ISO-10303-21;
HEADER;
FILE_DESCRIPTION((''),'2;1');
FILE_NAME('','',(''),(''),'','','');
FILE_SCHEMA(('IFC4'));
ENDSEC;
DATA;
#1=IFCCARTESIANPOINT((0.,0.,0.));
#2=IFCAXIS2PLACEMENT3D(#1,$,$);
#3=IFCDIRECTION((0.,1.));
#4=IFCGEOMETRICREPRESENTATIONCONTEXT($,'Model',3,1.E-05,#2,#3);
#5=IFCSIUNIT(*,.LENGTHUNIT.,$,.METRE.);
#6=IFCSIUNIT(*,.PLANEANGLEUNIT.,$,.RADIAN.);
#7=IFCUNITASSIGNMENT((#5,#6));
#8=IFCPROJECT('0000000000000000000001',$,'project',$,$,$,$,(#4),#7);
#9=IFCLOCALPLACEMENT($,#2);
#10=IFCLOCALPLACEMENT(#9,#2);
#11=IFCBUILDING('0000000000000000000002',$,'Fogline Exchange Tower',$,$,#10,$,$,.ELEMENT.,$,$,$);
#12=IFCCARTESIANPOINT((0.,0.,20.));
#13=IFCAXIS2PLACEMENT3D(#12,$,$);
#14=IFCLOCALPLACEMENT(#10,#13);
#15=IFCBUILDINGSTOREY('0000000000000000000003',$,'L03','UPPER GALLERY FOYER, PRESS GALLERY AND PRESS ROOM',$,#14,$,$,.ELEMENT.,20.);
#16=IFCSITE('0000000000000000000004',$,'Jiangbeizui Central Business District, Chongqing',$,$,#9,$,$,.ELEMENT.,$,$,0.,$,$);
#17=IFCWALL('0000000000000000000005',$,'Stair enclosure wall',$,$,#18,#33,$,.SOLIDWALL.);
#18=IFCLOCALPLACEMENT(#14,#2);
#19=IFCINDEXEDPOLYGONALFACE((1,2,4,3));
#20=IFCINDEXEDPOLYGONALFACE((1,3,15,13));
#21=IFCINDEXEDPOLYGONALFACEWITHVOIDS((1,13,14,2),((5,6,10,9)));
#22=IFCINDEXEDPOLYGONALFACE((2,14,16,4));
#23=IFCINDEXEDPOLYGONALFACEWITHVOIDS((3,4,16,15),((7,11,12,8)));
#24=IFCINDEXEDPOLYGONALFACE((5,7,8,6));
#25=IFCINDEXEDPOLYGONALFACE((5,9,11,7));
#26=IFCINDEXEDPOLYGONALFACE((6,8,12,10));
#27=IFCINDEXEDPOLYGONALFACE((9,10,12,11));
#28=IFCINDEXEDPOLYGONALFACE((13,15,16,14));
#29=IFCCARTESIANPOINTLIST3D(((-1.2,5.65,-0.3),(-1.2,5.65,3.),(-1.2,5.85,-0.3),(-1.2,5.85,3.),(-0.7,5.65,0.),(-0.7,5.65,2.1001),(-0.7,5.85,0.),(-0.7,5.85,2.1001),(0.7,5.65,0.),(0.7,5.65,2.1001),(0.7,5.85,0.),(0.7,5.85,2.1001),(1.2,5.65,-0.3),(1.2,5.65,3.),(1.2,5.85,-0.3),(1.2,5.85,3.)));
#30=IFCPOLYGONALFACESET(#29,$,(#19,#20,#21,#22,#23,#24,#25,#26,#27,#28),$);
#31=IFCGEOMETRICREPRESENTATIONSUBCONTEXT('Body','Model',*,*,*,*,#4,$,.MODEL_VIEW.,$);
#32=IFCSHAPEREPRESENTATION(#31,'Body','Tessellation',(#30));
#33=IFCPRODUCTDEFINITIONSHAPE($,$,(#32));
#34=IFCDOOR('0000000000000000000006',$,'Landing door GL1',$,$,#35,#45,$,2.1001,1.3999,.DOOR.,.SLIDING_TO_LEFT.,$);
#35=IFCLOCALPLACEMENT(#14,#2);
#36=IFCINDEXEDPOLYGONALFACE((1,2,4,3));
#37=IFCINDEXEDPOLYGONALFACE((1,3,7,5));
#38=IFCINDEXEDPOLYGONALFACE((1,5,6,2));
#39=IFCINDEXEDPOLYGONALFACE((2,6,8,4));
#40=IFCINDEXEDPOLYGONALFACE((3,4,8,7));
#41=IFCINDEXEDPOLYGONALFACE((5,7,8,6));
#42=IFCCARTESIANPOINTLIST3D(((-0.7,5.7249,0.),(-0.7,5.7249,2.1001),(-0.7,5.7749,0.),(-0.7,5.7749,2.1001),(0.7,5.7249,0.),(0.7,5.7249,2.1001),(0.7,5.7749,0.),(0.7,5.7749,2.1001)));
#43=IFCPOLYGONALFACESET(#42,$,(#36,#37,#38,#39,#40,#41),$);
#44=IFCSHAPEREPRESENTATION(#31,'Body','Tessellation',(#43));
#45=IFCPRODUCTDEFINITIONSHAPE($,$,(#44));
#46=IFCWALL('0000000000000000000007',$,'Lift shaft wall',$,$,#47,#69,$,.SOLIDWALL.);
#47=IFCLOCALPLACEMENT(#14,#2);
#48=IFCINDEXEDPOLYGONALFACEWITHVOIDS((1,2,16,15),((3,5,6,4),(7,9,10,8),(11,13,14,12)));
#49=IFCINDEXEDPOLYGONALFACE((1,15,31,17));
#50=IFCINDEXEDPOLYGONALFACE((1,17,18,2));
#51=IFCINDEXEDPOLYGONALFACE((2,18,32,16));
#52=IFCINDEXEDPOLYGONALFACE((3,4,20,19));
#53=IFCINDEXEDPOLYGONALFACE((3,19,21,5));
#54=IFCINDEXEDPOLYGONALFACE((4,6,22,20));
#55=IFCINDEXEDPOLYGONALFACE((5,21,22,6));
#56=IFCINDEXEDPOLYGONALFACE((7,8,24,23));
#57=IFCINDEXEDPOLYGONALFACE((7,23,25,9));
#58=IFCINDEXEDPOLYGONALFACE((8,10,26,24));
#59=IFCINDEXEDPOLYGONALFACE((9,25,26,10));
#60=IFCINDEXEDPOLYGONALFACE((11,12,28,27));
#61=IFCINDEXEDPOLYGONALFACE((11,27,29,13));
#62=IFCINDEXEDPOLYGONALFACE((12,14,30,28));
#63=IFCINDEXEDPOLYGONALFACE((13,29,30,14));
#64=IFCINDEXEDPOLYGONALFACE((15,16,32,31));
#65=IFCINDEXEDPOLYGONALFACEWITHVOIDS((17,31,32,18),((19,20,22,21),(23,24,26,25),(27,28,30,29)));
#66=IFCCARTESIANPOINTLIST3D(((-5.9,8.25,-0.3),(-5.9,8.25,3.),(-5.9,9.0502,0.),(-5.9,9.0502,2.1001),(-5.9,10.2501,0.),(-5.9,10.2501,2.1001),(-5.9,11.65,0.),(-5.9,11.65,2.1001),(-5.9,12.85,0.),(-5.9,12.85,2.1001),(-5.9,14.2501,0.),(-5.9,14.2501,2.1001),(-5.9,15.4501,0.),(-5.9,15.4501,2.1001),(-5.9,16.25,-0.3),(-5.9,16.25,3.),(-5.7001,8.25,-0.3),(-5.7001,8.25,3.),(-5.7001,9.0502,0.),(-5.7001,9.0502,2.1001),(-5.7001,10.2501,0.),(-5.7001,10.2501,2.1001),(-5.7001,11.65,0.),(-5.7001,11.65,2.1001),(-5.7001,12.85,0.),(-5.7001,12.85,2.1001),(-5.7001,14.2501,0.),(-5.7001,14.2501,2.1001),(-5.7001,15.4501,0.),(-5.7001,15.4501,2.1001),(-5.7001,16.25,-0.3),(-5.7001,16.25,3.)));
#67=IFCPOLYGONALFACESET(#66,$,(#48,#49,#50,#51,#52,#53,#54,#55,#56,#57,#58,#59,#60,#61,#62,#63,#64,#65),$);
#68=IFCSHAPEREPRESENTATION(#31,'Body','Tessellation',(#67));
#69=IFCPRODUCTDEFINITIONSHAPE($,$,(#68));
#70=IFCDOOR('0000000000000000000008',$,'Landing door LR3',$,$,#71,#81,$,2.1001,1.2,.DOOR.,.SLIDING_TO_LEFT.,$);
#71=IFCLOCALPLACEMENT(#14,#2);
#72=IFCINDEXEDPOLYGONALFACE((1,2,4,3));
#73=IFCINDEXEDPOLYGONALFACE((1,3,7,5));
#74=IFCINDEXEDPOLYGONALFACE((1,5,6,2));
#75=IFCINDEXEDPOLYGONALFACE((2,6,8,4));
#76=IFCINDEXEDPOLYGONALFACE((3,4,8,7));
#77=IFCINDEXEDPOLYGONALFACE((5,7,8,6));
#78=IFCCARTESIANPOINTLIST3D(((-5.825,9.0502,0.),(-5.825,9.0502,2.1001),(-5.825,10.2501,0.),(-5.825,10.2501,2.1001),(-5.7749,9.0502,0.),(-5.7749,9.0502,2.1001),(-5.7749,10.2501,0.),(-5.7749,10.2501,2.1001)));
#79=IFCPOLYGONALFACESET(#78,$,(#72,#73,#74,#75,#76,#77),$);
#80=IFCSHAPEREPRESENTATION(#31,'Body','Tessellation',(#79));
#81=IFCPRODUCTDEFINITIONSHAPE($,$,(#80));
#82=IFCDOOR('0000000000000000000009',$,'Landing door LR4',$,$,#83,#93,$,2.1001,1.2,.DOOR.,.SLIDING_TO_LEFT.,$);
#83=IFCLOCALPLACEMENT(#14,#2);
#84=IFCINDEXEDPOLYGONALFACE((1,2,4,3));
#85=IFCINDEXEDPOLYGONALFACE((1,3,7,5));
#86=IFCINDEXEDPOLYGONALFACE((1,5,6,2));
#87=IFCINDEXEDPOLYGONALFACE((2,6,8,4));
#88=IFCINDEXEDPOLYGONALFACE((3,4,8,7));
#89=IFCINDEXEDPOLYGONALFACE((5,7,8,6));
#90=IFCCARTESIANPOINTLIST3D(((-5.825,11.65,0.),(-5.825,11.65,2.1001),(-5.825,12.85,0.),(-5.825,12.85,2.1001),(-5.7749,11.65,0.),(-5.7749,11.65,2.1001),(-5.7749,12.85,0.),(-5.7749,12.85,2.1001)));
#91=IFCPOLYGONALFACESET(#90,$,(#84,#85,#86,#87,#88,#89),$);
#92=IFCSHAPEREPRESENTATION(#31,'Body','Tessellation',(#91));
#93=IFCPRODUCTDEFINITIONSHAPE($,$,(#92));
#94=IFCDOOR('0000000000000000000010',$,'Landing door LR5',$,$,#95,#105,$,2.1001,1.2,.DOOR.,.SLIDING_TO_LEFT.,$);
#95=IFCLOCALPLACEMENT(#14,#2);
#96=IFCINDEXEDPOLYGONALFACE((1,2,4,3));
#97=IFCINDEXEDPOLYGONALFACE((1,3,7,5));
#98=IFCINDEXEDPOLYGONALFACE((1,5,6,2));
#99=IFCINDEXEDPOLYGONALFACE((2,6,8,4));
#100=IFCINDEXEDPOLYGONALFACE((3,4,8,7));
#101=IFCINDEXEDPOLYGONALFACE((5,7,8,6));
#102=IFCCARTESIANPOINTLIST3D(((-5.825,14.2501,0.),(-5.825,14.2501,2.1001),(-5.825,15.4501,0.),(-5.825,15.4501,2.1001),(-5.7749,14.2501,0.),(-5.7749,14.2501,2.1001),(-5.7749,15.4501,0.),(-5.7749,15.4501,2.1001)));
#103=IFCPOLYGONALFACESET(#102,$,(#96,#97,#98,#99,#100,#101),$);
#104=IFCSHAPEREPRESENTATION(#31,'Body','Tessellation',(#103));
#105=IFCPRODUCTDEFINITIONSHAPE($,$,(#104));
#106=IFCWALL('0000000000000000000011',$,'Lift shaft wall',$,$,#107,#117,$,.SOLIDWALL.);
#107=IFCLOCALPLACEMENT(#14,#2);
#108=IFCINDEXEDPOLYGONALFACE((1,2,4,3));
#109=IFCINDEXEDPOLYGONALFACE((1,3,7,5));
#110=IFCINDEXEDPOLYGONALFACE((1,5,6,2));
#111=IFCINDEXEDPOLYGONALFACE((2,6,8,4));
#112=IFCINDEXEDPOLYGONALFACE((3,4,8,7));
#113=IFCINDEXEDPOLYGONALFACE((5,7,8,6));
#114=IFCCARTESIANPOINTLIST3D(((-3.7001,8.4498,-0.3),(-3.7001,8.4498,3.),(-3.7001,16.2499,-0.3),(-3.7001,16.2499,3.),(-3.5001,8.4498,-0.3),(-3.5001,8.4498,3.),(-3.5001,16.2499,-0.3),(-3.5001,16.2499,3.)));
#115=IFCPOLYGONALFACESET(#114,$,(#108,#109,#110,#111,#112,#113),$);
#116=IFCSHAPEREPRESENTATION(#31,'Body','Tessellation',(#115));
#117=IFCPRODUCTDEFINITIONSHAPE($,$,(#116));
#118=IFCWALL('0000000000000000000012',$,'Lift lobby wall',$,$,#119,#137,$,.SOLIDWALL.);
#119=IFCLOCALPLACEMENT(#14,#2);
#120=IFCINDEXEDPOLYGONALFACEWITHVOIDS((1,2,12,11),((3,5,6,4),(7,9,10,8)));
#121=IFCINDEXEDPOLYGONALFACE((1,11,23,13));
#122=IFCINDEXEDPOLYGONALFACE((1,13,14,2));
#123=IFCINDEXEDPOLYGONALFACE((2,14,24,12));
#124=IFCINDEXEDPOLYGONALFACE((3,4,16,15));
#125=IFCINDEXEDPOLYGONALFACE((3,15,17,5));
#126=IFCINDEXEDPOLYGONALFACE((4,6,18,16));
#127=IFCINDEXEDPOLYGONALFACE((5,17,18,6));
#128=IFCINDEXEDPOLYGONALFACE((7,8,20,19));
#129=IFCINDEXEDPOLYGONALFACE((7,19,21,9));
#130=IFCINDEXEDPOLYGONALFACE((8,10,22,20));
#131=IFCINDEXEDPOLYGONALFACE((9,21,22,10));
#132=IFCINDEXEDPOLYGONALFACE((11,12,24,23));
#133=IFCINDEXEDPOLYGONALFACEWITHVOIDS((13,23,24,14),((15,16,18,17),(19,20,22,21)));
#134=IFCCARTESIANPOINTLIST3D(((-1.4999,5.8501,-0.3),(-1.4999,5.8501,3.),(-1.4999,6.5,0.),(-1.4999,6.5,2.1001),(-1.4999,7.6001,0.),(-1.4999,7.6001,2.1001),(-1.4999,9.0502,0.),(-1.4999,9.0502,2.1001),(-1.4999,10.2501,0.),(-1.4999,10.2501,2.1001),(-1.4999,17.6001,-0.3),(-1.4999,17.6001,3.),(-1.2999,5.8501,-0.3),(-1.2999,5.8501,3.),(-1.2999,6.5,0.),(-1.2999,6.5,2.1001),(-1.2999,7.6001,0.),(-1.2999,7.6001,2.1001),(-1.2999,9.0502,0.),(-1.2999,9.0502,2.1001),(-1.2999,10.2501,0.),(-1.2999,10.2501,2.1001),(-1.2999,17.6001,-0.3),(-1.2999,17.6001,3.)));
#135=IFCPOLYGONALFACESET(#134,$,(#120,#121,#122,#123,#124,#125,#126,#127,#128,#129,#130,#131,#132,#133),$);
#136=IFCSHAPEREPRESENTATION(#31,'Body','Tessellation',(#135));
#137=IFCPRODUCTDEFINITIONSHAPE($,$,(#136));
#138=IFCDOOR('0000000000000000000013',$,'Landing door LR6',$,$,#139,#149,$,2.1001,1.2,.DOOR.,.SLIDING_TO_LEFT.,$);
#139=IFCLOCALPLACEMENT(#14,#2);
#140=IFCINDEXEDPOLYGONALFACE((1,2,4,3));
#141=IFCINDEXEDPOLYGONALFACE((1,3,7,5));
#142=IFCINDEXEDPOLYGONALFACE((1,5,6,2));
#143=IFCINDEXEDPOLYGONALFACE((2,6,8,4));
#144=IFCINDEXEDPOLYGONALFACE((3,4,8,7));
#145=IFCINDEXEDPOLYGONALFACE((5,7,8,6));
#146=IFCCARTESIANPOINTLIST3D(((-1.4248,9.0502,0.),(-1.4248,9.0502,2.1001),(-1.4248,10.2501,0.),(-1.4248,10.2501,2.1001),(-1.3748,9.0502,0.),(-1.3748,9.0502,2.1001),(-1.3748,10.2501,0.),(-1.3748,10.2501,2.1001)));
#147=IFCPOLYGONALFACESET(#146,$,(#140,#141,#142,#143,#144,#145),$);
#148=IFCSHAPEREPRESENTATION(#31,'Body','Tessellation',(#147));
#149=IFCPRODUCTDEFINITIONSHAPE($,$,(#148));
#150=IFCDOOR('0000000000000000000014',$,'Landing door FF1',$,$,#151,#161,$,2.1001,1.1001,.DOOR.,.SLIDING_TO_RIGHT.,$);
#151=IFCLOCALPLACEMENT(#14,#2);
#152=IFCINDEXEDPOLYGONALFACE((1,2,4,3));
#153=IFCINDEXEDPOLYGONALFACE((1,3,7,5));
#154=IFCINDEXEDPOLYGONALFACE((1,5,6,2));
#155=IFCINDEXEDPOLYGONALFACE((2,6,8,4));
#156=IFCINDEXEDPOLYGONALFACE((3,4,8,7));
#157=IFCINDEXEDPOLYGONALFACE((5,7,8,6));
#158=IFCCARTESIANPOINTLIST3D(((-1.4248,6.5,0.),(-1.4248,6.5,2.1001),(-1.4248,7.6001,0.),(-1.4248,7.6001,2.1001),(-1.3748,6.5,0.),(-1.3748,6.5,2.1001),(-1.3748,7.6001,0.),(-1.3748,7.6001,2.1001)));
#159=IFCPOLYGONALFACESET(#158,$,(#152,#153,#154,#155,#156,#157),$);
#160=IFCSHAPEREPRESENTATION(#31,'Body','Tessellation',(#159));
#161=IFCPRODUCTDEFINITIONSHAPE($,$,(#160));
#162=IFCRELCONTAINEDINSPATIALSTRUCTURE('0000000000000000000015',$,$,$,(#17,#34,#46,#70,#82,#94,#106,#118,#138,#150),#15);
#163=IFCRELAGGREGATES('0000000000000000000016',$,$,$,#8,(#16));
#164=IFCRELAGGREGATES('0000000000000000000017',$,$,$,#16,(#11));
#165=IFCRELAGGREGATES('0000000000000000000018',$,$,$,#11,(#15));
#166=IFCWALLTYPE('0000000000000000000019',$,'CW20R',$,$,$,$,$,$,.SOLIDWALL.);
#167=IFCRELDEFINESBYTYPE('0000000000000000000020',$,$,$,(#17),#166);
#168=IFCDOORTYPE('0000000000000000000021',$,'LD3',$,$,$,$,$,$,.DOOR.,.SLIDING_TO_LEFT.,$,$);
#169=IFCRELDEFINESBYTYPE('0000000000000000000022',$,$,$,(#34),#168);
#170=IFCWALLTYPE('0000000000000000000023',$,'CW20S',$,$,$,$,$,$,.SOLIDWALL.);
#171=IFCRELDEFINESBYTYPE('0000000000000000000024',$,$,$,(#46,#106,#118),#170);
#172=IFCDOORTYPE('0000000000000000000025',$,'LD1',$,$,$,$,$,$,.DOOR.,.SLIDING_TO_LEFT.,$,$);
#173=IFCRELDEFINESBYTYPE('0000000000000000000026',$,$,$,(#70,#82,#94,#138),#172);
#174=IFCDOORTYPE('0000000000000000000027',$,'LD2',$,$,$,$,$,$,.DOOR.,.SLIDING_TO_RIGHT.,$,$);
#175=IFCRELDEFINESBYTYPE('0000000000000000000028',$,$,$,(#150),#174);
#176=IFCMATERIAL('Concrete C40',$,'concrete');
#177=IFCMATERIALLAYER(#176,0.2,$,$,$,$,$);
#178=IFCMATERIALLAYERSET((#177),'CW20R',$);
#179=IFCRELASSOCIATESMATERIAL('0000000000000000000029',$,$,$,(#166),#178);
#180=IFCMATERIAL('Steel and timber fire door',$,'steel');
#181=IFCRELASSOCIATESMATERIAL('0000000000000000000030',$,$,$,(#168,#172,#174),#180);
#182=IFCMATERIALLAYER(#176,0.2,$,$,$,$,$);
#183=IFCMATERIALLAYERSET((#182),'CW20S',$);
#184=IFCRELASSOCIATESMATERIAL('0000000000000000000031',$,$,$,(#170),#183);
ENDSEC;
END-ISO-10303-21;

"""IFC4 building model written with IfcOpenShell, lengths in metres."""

from ifc_helpers import new_model, si_unit, direction, frame, frame_2d, origin, place, context, subcontext, project, spatial, rectangle, extrude, material, layer, layer_set, type_object, element, fill, save


model = new_model("IFC4")

# Units and contexts
model_context = context("Model", 3, precision=1e-05, world=origin(), true_north=direction((0.0, 1.0)))
body_context = subcontext(model_context, "Body", "Model", "MODEL_VIEW")
ifc_project = project(units=[si_unit("LENGTHUNIT", "METRE"), si_unit("PLANEANGLEUNIT", "RADIAN")], contexts=[model_context])

# Site, building, storey
site_placement = place(None, origin())
site = spatial("IfcSite", under=ifc_project, at=site_placement, Name="Jiangbeizui Central Business District, Chongqing", CompositionType="ELEMENT", RefElevation=0.0)
building_placement = place(site_placement, origin())
building = spatial("IfcBuilding", under=site, at=building_placement, Name="Fogline Exchange Tower", CompositionType="ELEMENT")
storey_placement = place(building_placement, frame((0.0, 0.0, 20.0)))
storey = spatial("IfcBuildingStorey", under=building, at=storey_placement, Name="L03", Description="UPPER GALLERY FOYER, PRESS GALLERY AND PRESS ROOM", CompositionType="ELEMENT", Elevation=20.0)

# Shared definitions
ifc_material_1 = material(Name="Concrete C40", Category="concrete")

# Shared definitions
ifc_material_2 = material(Name="Steel and timber fire door", Category="steel")

# Wall, opening, door
ifc_layer_1 = layer(ifc_material_1, 0.2)
ifc_layer_set_1 = layer_set([ifc_layer_1], Name="CW20R")
wall_type_1 = type_object("IfcWallType", Name="CW20R", PredefinedType="SOLIDWALL", material=ifc_layer_set_1)
wall_1_placement = place(storey_placement, frame((-1.2, 5.75, -0.3), z_axis=(0.0, 0.0, 1.0), x_axis=(1.0, 0.0, 0.0)))
wall_1 = element("IfcWall", 1, at=wall_1_placement, inside=storey, type_object=wall_type_1, Name="Stair enclosure wall", PredefinedType="SOLIDWALL", context=body_context, shape_type="SweptSolid", body=[
    extrude(rectangle(XDim=2.3999, YDim=0.2, at=frame_2d((1.2, 0.0))), origin(), (0.0, 0.0, 1.0), 3.3),
])
opening_1_placement = place(wall_1_placement, frame((0.5, 0.0, 0.3)))
opening_1 = element("IfcOpeningElement", 2, at=opening_1_placement, cuts=wall_1, PredefinedType="OPENING", context=body_context, shape_type="SweptSolid", body=[
    extrude(rectangle(XDim=1.3999, YDim=2.1001, at=frame_2d((0.7, 1.05))), frame((0.0, 0.1099, 0.0), z_axis=(0.0, -1.0, 0.0), x_axis=(1.0, 0.0, 0.0)), (0.0, 0.0, 1.0), 0.22),
])
door_type_1 = type_object("IfcDoorType", Name="LD3", OperationType="SLIDING_TO_LEFT", PredefinedType="DOOR", material=ifc_material_2)
door_1_placement = place(opening_1_placement, origin())
door_1 = element("IfcDoor", 3, at=door_1_placement, inside=storey, type_object=door_type_1, Name="Landing door GL1", OperationType="SLIDING_TO_LEFT", OverallHeight=2.1001, OverallWidth=1.3999, PredefinedType="DOOR", context=body_context, shape_type="SweptSolid", body=[
    extrude(rectangle(XDim=1.3999, YDim=2.1001, at=frame_2d((0.7, 1.05))), frame((0.0, 0.0249, 0.0), z_axis=(0.0, -1.0, 0.0), x_axis=(1.0, 0.0, 0.0)), (0.0, 0.0, 1.0), 0.05),
])
fill(opening_1, door_1)

# Wall, openings, doors
ifc_layer_2 = layer(ifc_material_1, 0.2)
ifc_layer_set_2 = layer_set([ifc_layer_2], Name="CW20S")
wall_type_2 = type_object("IfcWallType", Name="CW20S", PredefinedType="SOLIDWALL", material=ifc_layer_set_2)
wall_2_placement = place(storey_placement, frame((-5.8, 8.25, -0.3), z_axis=(0.0, 0.0, 1.0), x_axis=(0.0, 1.0, 0.0)))
wall_2 = element("IfcWall", 4, at=wall_2_placement, inside=storey, type_object=wall_type_2, Name="Lift shaft wall", PredefinedType="SOLIDWALL", context=body_context, shape_type="SweptSolid", body=[
    extrude(rectangle(XDim=8.0, YDim=0.2, at=frame_2d((4.0, 0.0))), origin(), (0.0, 0.0, 1.0), 3.3),
])
opening_2_placement = place(wall_2_placement, frame((0.8, 0.0, 0.3)))
opening_2 = element("IfcOpeningElement", 5, at=opening_2_placement, cuts=wall_2, PredefinedType="OPENING", context=body_context, shape_type="SweptSolid", body=[
    extrude(rectangle(XDim=1.2, YDim=2.1001, at=frame_2d((0.6001, 1.05))), frame((0.0, 0.1099, 0.0), z_axis=(0.0, -1.0, 0.0), x_axis=(1.0, 0.0, 0.0)), (0.0, 0.0, 1.0), 0.22),
])
opening_3_placement = place(wall_2_placement, frame((3.3999, 0.0, 0.3)))
opening_3 = element("IfcOpeningElement", 6, at=opening_3_placement, cuts=wall_2, PredefinedType="OPENING", context=body_context, shape_type="SweptSolid", body=[
    extrude(rectangle(XDim=1.2, YDim=2.1001, at=frame_2d((0.6001, 1.05))), frame((0.0, 0.1099, 0.0), z_axis=(0.0, -1.0, 0.0), x_axis=(1.0, 0.0, 0.0)), (0.0, 0.0, 1.0), 0.22),
])
opening_4_placement = place(wall_2_placement, frame((6.0, 0.0, 0.3)))
opening_4 = element("IfcOpeningElement", 7, at=opening_4_placement, cuts=wall_2, PredefinedType="OPENING", context=body_context, shape_type="SweptSolid", body=[
    extrude(rectangle(XDim=1.2, YDim=2.1001, at=frame_2d((0.6001, 1.05))), frame((0.0, 0.1099, 0.0), z_axis=(0.0, -1.0, 0.0), x_axis=(1.0, 0.0, 0.0)), (0.0, 0.0, 1.0), 0.22),
])
door_type_2 = type_object("IfcDoorType", Name="LD1", OperationType="SLIDING_TO_LEFT", PredefinedType="DOOR", material=ifc_material_2)
door_2_placement = place(opening_2_placement, origin())
door_2 = element("IfcDoor", 8, at=door_2_placement, inside=storey, type_object=door_type_2, Name="Landing door LR3", OperationType="SLIDING_TO_LEFT", OverallHeight=2.1001, OverallWidth=1.2, PredefinedType="DOOR", context=body_context, shape_type="SweptSolid", body=[
    extrude(rectangle(XDim=1.2, YDim=2.1001, at=frame_2d((0.6001, 1.05))), frame((0.0, 0.0249, 0.0), z_axis=(0.0, -1.0, 0.0), x_axis=(1.0, 0.0, 0.0)), (0.0, 0.0, 1.0), 0.05),
])
fill(opening_2, door_2)
door_3_placement = place(opening_3_placement, origin())
door_3 = element("IfcDoor", 9, at=door_3_placement, inside=storey, type_object=door_type_2, Name="Landing door LR4", OperationType="SLIDING_TO_LEFT", OverallHeight=2.1001, OverallWidth=1.2, PredefinedType="DOOR", context=body_context, shape_type="SweptSolid", body=[
    extrude(rectangle(XDim=1.2, YDim=2.1001, at=frame_2d((0.6001, 1.05))), frame((0.0, 0.0249, 0.0), z_axis=(0.0, -1.0, 0.0), x_axis=(1.0, 0.0, 0.0)), (0.0, 0.0, 1.0), 0.05),
])
fill(opening_3, door_3)
door_4_placement = place(opening_4_placement, origin())
door_4 = element("IfcDoor", 10, at=door_4_placement, inside=storey, type_object=door_type_2, Name="Landing door LR5", OperationType="SLIDING_TO_LEFT", OverallHeight=2.1001, OverallWidth=1.2, PredefinedType="DOOR", context=body_context, shape_type="SweptSolid", body=[
    extrude(rectangle(XDim=1.2, YDim=2.1001, at=frame_2d((0.6001, 1.05))), frame((0.0, 0.0249, 0.0), z_axis=(0.0, -1.0, 0.0), x_axis=(1.0, 0.0, 0.0)), (0.0, 0.0, 1.0), 0.05),
])
fill(opening_4, door_4)

# Wall
wall_3_placement = place(storey_placement, frame((-3.6001, 8.45, -0.3), z_axis=(0.0, 0.0, 1.0), x_axis=(0.0, 1.0, 0.0)))
element("IfcWall", 11, at=wall_3_placement, inside=storey, type_object=wall_type_2, Name="Lift shaft wall", PredefinedType="SOLIDWALL", context=body_context, shape_type="SweptSolid", body=[
    extrude(rectangle(XDim=7.8, YDim=0.2, at=frame_2d((3.8999, 0.0))), origin(), (0.0, 0.0, 1.0), 3.3),
])

# Wall, openings, doors
wall_4_placement = place(storey_placement, frame((-1.3999, 5.8501, -0.3), z_axis=(0.0, 0.0, 1.0), x_axis=(0.0, 1.0, 0.0)))
wall_4 = element("IfcWall", 12, at=wall_4_placement, inside=storey, type_object=wall_type_2, Name="Lift lobby wall", PredefinedType="SOLIDWALL", context=body_context, shape_type="SweptSolid", body=[
    extrude(rectangle(XDim=11.75, YDim=0.2, at=frame_2d((5.875, 0.0))), origin(), (0.0, 0.0, 1.0), 3.3),
])
opening_5_placement = place(wall_4_placement, frame((3.2, 0.0, 0.3)))
opening_5 = element("IfcOpeningElement", 13, at=opening_5_placement, cuts=wall_4, PredefinedType="OPENING", context=body_context, shape_type="SweptSolid", body=[
    extrude(rectangle(XDim=1.2, YDim=2.1001, at=frame_2d((0.6001, 1.05))), frame((0.0, 0.1099, 0.0), z_axis=(0.0, -1.0, 0.0), x_axis=(1.0, 0.0, 0.0)), (0.0, 0.0, 1.0), 0.22),
])
opening_6_placement = place(wall_4_placement, frame((0.6499, 0.0, 0.3)))
opening_6 = element("IfcOpeningElement", 14, at=opening_6_placement, cuts=wall_4, PredefinedType="OPENING", context=body_context, shape_type="SweptSolid", body=[
    extrude(rectangle(XDim=1.1001, YDim=2.1001, at=frame_2d((0.55, 1.05))), frame((0.0, 0.1099, 0.0), z_axis=(0.0, -1.0, 0.0), x_axis=(1.0, 0.0, 0.0)), (0.0, 0.0, 1.0), 0.22),
])
door_5_placement = place(opening_5_placement, origin())
door_5 = element("IfcDoor", 15, at=door_5_placement, inside=storey, type_object=door_type_2, Name="Landing door LR6", OperationType="SLIDING_TO_LEFT", OverallHeight=2.1001, OverallWidth=1.2, PredefinedType="DOOR", context=body_context, shape_type="SweptSolid", body=[
    extrude(rectangle(XDim=1.2, YDim=2.1001, at=frame_2d((0.6001, 1.05))), frame((0.0, 0.0249, 0.0), z_axis=(0.0, -1.0, 0.0), x_axis=(1.0, 0.0, 0.0)), (0.0, 0.0, 1.0), 0.05),
])
fill(opening_5, door_5)
door_type_3 = type_object("IfcDoorType", Name="LD2", OperationType="SLIDING_TO_RIGHT", PredefinedType="DOOR", material=ifc_material_2)
door_6_placement = place(opening_6_placement, origin())
door_6 = element("IfcDoor", 16, at=door_6_placement, inside=storey, type_object=door_type_3, Name="Landing door FF1", OperationType="SLIDING_TO_RIGHT", OverallHeight=2.1001, OverallWidth=1.1001, PredefinedType="DOOR", context=body_context, shape_type="SweptSolid", body=[
    extrude(rectangle(XDim=1.1001, YDim=2.1001, at=frame_2d((0.55, 1.05))), frame((0.0, 0.0249, 0.0), z_axis=(0.0, -1.0, 0.0), x_axis=(1.0, 0.0, 0.0)), (0.0, 0.0, 1.0), 0.05),
])
fill(opening_6, door_6)

save(model, "model.ifc")
